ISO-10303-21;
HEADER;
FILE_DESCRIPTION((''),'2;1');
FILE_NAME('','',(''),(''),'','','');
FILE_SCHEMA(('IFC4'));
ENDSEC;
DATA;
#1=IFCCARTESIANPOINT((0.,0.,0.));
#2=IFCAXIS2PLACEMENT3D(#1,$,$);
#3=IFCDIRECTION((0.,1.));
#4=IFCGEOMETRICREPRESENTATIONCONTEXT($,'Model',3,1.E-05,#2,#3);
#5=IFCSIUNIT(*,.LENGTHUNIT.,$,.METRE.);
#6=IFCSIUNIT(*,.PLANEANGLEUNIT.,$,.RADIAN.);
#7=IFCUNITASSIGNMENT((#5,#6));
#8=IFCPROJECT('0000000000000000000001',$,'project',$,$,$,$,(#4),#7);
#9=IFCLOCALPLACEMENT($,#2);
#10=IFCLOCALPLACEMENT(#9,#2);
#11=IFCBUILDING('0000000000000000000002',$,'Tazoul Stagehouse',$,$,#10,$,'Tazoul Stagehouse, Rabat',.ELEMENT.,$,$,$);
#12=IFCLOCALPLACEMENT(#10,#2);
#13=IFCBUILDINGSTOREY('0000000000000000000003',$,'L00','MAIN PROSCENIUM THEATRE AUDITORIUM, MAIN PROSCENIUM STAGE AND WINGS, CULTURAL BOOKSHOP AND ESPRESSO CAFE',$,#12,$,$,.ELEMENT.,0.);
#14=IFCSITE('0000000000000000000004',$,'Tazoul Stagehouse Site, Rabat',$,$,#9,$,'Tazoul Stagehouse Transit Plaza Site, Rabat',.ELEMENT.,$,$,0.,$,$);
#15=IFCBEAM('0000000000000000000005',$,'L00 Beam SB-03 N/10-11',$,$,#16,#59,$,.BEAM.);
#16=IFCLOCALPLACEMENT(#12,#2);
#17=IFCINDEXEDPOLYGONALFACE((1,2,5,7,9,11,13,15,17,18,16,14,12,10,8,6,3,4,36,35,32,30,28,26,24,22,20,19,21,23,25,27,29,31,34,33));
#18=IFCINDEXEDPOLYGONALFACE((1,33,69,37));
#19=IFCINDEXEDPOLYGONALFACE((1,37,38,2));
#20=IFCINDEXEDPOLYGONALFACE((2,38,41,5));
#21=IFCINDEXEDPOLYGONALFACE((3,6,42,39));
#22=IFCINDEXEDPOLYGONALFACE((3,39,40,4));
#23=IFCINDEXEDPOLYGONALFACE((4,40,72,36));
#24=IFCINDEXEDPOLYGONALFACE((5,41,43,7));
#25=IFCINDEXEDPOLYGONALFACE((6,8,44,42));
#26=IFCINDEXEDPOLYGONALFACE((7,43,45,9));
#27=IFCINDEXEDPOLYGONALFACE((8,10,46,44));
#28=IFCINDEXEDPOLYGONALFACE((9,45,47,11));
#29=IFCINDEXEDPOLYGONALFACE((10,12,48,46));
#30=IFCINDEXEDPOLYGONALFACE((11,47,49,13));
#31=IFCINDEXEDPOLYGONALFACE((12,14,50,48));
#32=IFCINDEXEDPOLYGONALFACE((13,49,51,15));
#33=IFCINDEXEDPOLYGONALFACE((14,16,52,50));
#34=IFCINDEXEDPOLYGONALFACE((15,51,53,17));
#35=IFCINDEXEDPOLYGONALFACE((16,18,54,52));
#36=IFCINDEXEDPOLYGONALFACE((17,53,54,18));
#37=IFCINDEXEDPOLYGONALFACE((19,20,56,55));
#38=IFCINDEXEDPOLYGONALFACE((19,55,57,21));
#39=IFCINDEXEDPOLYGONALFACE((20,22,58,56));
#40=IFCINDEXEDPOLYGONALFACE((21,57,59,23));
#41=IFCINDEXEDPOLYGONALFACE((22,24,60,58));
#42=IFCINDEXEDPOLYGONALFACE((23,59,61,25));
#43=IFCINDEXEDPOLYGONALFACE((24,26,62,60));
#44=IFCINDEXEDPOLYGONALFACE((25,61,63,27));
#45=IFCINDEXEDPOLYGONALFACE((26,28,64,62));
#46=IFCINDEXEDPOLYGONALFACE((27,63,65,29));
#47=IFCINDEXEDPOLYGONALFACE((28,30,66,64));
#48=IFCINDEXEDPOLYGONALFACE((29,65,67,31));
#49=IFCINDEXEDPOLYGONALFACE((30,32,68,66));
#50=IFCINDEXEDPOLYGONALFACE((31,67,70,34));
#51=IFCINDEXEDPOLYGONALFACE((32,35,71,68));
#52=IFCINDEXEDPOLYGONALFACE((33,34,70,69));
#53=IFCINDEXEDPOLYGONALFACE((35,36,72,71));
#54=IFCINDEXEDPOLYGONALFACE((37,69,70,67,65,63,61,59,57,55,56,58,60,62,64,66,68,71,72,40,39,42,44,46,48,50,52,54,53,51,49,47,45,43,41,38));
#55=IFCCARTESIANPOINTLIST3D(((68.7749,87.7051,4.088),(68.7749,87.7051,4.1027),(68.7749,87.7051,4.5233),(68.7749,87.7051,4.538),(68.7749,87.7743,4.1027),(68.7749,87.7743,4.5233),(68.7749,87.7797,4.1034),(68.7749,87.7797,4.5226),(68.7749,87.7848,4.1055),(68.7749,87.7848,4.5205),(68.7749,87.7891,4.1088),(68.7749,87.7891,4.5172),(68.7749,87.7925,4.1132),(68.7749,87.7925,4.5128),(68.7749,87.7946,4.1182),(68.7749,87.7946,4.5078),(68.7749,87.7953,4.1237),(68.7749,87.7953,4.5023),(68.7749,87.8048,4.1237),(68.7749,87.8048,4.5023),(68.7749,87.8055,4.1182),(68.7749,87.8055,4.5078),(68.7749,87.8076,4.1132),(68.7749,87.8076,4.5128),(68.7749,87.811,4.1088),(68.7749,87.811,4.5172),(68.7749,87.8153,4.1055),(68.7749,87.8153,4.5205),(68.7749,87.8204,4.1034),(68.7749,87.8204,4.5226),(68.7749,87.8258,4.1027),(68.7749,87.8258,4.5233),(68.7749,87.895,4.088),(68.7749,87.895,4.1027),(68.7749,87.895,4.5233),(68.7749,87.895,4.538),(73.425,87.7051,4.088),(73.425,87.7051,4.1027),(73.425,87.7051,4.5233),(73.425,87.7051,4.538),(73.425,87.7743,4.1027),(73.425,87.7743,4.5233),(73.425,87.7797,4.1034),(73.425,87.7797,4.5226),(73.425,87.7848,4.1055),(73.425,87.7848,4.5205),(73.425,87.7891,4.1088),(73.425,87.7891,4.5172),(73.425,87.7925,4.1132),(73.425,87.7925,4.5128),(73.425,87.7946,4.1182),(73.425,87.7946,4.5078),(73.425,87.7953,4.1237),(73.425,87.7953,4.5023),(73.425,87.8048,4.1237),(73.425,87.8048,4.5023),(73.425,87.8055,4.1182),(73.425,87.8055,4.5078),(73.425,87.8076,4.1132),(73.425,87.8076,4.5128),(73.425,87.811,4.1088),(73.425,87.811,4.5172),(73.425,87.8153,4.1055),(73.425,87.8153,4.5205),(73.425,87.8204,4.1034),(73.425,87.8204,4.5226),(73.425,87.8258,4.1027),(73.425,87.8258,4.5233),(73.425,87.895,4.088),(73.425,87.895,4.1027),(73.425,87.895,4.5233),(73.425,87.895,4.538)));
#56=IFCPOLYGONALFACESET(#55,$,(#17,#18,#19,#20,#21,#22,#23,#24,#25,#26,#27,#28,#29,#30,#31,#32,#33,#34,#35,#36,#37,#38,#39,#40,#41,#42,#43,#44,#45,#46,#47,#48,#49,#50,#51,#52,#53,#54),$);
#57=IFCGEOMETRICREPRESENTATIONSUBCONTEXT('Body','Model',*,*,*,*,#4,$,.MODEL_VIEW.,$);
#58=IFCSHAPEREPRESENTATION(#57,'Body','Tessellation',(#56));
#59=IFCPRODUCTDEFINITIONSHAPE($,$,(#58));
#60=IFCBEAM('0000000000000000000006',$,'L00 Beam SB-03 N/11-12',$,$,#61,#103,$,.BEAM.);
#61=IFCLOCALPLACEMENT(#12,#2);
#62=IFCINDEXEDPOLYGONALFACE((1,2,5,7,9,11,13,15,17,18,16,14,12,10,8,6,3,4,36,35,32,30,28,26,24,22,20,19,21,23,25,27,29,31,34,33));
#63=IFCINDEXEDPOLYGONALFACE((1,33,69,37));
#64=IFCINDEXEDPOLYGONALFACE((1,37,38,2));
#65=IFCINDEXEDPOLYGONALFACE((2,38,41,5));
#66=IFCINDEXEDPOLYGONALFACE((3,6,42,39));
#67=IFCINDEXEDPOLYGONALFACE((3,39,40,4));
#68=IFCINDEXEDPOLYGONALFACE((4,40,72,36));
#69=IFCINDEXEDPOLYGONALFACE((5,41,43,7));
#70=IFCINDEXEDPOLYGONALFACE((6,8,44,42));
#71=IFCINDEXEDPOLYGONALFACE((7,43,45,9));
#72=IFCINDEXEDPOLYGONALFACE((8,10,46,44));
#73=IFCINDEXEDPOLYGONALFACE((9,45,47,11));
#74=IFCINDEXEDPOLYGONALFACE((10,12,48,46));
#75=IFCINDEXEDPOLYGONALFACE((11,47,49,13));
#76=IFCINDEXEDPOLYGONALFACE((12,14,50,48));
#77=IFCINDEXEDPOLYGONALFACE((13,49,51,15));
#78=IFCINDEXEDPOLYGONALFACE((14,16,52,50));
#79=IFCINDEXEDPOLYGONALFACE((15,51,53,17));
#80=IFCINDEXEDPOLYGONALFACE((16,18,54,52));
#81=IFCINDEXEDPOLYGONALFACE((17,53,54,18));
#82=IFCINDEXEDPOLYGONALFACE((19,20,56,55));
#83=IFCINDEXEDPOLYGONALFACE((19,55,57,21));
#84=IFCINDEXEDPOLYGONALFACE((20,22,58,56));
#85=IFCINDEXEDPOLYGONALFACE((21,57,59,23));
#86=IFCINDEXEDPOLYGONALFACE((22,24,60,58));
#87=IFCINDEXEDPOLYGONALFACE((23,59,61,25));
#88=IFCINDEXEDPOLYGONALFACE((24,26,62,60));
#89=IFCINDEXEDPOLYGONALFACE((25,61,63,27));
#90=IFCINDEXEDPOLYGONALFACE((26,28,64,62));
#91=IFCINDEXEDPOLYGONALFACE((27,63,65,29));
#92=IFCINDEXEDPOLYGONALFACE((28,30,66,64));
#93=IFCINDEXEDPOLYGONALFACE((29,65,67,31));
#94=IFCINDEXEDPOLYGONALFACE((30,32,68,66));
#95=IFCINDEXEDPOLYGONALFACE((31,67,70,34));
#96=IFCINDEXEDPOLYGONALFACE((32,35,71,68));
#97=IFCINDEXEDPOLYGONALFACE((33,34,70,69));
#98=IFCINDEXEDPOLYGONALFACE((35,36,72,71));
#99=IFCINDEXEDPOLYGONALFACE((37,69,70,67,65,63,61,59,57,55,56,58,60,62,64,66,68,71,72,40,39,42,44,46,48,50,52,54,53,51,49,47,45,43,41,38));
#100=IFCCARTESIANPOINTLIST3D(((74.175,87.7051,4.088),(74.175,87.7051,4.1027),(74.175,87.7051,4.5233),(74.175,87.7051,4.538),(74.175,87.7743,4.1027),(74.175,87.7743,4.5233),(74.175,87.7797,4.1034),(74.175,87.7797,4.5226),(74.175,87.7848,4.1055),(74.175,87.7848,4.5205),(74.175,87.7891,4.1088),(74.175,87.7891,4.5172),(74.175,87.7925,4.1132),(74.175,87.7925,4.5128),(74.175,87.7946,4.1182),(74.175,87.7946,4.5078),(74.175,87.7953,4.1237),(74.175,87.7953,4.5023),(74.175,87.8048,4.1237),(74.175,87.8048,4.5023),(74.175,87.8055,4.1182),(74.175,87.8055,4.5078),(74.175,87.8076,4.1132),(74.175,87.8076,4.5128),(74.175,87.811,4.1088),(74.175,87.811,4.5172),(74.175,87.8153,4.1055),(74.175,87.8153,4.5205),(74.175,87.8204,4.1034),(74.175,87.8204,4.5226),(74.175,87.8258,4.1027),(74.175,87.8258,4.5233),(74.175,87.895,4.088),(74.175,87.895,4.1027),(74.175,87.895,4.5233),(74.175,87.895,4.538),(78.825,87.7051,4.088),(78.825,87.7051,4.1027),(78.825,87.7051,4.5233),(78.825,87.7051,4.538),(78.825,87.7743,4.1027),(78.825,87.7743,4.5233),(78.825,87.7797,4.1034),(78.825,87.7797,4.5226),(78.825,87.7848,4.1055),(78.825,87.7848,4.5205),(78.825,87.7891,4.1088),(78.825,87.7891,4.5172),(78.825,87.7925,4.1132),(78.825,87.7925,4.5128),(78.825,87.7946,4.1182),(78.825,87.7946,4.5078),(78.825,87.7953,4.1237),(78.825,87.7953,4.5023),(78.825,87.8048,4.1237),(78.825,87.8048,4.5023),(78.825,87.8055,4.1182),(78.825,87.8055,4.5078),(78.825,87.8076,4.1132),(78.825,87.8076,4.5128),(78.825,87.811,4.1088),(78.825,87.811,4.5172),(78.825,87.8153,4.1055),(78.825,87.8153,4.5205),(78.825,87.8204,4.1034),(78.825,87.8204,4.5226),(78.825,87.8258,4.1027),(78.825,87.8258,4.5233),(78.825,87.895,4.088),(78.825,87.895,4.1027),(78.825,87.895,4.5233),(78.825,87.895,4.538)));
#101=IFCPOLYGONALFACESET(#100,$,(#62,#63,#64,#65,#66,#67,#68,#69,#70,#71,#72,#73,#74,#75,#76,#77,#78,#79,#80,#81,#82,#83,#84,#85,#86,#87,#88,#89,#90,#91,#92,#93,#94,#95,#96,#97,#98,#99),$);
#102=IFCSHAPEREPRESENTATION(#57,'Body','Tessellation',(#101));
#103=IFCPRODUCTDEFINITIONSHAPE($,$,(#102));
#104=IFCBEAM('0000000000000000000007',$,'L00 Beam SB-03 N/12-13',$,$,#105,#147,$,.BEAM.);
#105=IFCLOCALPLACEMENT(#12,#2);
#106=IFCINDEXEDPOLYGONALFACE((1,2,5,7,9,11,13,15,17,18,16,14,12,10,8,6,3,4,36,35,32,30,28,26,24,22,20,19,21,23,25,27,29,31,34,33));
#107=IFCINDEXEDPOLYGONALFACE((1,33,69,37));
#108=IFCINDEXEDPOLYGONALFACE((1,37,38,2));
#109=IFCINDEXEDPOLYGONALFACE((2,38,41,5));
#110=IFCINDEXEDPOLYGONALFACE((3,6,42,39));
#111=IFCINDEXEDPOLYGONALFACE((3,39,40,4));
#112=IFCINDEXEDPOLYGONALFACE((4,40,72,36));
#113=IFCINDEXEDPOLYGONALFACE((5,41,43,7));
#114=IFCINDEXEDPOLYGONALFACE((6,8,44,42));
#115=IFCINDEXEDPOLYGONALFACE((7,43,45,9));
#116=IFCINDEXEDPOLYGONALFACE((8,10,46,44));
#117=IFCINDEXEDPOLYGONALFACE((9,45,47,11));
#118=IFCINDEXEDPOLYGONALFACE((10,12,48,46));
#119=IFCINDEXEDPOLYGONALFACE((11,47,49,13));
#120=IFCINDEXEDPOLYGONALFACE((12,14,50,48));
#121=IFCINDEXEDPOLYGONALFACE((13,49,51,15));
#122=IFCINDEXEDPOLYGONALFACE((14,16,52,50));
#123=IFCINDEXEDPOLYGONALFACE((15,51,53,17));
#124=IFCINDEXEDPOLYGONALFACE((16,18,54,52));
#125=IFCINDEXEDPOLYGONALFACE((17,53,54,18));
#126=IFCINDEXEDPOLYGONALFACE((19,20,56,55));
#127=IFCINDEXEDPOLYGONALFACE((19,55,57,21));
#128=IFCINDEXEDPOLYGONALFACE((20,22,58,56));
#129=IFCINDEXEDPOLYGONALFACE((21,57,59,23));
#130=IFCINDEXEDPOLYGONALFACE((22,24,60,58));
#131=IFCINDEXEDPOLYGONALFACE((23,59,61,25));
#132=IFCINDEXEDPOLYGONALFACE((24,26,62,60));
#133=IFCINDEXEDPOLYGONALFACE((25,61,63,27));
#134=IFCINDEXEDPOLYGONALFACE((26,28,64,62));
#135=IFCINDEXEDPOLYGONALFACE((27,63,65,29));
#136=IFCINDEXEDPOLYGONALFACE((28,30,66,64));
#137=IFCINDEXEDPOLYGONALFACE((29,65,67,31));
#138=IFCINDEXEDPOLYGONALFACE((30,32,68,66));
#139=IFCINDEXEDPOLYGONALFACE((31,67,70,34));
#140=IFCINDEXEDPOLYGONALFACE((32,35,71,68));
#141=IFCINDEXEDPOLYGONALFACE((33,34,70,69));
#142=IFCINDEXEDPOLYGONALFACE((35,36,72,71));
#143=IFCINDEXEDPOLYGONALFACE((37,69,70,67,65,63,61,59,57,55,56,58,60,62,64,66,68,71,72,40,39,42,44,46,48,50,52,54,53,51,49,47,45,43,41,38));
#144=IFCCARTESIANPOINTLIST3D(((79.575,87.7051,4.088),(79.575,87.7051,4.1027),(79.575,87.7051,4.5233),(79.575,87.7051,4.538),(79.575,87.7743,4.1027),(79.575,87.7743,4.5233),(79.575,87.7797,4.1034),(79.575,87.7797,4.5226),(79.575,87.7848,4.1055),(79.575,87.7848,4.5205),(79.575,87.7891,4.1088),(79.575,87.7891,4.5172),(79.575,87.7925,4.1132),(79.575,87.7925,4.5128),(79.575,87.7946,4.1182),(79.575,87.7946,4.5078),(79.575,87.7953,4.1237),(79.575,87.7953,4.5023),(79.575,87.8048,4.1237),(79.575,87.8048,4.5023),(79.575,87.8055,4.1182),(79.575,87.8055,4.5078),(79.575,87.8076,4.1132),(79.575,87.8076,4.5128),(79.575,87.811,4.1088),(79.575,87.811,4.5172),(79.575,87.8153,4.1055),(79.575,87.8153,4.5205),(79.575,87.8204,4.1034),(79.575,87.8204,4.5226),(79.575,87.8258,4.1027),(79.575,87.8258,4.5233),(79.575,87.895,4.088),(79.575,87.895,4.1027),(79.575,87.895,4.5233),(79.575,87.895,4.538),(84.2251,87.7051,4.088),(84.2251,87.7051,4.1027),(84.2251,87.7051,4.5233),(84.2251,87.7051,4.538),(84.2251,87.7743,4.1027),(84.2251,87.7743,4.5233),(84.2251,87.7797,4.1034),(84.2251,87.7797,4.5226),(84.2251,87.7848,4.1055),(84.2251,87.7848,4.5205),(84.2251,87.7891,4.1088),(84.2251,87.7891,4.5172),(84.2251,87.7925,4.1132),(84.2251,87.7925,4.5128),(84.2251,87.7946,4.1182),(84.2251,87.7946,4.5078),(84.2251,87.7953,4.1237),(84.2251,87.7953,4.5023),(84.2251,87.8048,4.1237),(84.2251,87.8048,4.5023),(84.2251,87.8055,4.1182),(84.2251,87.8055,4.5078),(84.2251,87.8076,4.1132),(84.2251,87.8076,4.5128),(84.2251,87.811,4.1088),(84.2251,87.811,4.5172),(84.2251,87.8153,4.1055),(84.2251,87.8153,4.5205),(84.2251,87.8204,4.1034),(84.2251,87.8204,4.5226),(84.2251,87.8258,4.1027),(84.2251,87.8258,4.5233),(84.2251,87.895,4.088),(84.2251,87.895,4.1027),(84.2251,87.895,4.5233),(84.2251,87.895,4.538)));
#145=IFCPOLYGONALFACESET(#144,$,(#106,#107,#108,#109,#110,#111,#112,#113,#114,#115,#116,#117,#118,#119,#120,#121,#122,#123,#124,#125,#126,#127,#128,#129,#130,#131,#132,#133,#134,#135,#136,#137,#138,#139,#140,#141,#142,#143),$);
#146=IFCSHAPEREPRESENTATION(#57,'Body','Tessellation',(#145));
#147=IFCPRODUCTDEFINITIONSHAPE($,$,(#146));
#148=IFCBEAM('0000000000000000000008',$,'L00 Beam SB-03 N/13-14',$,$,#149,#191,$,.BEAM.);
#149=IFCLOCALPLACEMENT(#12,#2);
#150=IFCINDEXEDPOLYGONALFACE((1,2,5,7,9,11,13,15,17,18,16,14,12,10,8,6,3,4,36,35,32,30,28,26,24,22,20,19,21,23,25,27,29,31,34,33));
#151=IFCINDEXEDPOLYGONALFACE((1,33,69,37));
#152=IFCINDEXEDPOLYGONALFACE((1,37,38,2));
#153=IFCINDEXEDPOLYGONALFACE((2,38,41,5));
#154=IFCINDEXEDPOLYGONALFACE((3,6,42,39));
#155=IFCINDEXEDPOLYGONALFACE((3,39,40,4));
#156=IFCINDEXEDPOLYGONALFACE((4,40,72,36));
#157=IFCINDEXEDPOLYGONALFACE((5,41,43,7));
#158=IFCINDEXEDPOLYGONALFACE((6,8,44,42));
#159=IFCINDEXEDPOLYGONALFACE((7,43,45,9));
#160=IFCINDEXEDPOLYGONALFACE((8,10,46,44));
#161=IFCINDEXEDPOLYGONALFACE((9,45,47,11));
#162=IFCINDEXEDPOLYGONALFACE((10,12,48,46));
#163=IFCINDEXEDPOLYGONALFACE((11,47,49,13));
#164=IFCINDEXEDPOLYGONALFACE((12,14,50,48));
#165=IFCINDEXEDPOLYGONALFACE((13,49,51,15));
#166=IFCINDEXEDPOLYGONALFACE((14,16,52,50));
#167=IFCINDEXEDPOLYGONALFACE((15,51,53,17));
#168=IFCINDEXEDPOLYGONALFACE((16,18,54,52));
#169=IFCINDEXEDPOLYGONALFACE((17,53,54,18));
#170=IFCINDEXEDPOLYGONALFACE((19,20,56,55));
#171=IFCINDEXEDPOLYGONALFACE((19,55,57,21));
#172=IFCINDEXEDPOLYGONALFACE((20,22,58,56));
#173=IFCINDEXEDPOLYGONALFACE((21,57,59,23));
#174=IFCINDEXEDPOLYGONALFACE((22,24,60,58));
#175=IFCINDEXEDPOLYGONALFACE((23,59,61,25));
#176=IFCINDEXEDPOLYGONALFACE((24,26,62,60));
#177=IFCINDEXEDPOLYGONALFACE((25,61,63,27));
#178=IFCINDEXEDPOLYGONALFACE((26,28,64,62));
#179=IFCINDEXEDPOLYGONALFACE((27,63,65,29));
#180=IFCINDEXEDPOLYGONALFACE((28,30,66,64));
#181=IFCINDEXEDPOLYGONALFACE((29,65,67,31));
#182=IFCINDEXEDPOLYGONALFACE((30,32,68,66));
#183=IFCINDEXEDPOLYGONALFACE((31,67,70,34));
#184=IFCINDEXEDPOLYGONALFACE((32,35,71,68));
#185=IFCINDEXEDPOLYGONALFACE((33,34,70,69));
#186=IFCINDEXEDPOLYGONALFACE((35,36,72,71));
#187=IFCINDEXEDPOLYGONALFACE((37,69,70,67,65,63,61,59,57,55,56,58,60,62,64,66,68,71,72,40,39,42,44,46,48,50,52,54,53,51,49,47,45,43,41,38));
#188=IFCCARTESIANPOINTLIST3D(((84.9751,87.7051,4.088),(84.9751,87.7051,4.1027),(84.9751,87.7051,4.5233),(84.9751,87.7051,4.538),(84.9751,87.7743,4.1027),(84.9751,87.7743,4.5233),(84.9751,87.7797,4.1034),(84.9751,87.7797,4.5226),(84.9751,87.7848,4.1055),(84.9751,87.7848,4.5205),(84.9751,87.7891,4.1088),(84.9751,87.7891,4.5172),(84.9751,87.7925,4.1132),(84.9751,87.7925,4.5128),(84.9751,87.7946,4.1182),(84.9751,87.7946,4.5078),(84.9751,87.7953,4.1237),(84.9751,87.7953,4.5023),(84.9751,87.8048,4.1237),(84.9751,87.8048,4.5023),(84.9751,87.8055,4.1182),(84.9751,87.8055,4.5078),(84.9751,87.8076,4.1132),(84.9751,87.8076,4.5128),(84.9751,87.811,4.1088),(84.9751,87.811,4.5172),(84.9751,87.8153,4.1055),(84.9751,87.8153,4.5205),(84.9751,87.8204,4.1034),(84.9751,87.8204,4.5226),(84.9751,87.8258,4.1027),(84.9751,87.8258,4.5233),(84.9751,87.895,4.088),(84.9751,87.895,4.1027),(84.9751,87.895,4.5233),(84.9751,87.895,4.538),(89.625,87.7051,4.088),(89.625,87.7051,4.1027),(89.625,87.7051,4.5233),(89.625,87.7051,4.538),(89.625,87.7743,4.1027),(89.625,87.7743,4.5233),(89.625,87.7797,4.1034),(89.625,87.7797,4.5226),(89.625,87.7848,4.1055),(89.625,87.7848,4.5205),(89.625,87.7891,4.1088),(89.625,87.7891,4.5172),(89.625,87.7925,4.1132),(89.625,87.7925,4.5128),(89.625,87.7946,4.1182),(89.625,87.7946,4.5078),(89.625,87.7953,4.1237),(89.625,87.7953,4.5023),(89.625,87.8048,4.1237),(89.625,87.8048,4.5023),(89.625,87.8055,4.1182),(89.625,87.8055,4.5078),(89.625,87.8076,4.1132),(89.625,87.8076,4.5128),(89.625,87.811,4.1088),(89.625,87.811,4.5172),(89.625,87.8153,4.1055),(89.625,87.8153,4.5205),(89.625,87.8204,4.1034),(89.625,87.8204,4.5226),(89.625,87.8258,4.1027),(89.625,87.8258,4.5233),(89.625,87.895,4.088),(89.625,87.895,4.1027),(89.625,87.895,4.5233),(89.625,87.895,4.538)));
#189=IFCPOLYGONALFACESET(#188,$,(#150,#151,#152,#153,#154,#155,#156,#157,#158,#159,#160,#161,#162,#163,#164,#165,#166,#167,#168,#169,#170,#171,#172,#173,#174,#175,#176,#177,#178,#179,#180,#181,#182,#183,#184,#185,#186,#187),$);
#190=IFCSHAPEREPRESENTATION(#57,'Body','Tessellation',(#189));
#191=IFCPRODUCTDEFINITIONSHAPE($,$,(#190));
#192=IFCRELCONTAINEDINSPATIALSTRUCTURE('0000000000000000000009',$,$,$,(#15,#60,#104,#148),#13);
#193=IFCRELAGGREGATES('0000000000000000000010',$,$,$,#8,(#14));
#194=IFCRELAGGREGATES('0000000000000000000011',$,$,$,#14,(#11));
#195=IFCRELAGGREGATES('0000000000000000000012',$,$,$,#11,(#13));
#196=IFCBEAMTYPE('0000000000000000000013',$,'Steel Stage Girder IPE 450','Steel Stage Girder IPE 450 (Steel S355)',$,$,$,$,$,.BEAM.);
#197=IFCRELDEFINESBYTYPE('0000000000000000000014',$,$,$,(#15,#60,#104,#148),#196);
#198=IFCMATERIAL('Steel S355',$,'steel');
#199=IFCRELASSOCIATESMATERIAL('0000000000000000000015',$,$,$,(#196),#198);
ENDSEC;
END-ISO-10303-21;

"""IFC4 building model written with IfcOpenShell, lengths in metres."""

from ifc_helpers import new_model, si_unit, direction, frame, origin, origin_2d, place, context, subcontext, project, spatial, i_section, extrude, material, material_profile, profile_set, type_object, element, save


model = new_model("IFC4")

# Units and contexts
model_context = context("Model", 3, precision=1e-05, world=origin(), true_north=direction((0.0, 1.0)))
body_context = subcontext(model_context, "Body", "Model", "MODEL_VIEW")
ifc_project = project(units=[si_unit("LENGTHUNIT", "METRE"), si_unit("PLANEANGLEUNIT", "RADIAN")], contexts=[model_context])

# Site, building, storey
site_placement = place(None, origin())
site = spatial("IfcSite", under=ifc_project, at=site_placement, Name="Tazoul Stagehouse Site, Rabat", LongName="Tazoul Stagehouse Transit Plaza Site, Rabat", CompositionType="ELEMENT", RefElevation=0.0)
building_placement = place(site_placement, origin())
building = spatial("IfcBuilding", under=site, at=building_placement, Name="Tazoul Stagehouse", LongName="Tazoul Stagehouse, Rabat", CompositionType="ELEMENT")
storey_placement = place(building_placement, origin())
storey = spatial("IfcBuildingStorey", under=building, at=storey_placement, Name="L00", Description="MAIN PROSCENIUM THEATRE AUDITORIUM, MAIN PROSCENIUM STAGE AND WINGS, CULTURAL BOOKSHOP AND ESPRESSO CAFE", CompositionType="ELEMENT", Elevation=0.0)

# Beams
ifc_material_1 = material(Name="Steel S355", Category="steel")
ifc_material_profile_1 = material_profile(ifc_material_1, i_section(OverallWidth=0.1899, OverallDepth=0.45, WebThickness=0.0095, FlangeThickness=0.0146, FilletRadius=0.021, at=origin_2d()), Name="IPE 450")
ifc_profile_set_1 = profile_set([ifc_material_profile_1], Name="Steel S355")
beam_type_1 = type_object("IfcBeamType", Name="Steel Stage Girder IPE 450", Description="Steel Stage Girder IPE 450 (Steel S355)", PredefinedType="BEAM", material=ifc_profile_set_1)
beam_1_placement = place(storey_placement, frame((68.7749, 87.8, 4.313), z_axis=(1.0, 0.0, 0.0), x_axis=(0.0, 1.0, 0.0)))
element("IfcBeam", 1, at=beam_1_placement, inside=storey, type_object=beam_type_1, Name="L00 Beam SB-03 N/10-11", PredefinedType="BEAM", context=body_context, shape_type="SweptSolid", body=[
    extrude(i_section(OverallWidth=0.1899, OverallDepth=0.45, WebThickness=0.0095, FlangeThickness=0.0146, FilletRadius=0.021, at=origin_2d()), origin(), (0.0, 0.0, 1.0), 4.6501),
])
beam_2_placement = place(storey_placement, frame((74.175, 87.8, 4.313), z_axis=(1.0, 0.0, 0.0), x_axis=(0.0, 1.0, 0.0)))
element("IfcBeam", 2, at=beam_2_placement, inside=storey, type_object=beam_type_1, Name="L00 Beam SB-03 N/11-12", PredefinedType="BEAM", context=body_context, shape_type="SweptSolid", body=[
    extrude(i_section(OverallWidth=0.1899, OverallDepth=0.45, WebThickness=0.0095, FlangeThickness=0.0146, FilletRadius=0.021, at=origin_2d()), origin(), (0.0, 0.0, 1.0), 4.6499),
])
beam_3_placement = place(storey_placement, frame((79.575, 87.8, 4.313), z_axis=(1.0, 0.0, 0.0), x_axis=(0.0, 1.0, 0.0)))
element("IfcBeam", 3, at=beam_3_placement, inside=storey, type_object=beam_type_1, Name="L00 Beam SB-03 N/12-13", PredefinedType="BEAM", context=body_context, shape_type="SweptSolid", body=[
    extrude(i_section(OverallWidth=0.1899, OverallDepth=0.45, WebThickness=0.0095, FlangeThickness=0.0146, FilletRadius=0.021, at=origin_2d()), origin(), (0.0, 0.0, 1.0), 4.6501),
])
for number, where, z_axis, x_axis, name in (
    (4, (84.9751, 87.8, 4.313), (1.0, 0.0, 0.0), (0.0, 1.0, 0.0), "L00 Beam SB-03 N/13-14"),
):
    element("IfcBeam", number, at=place(storey_placement, frame(where, z_axis=z_axis, x_axis=x_axis)), inside=storey, type_object=beam_type_1, Name=name, PredefinedType="BEAM", context=body_context, shape_type="SweptSolid", body=[
        extrude(i_section(OverallWidth=0.1899, OverallDepth=0.45, WebThickness=0.0095, FlangeThickness=0.0146, FilletRadius=0.021, at=origin_2d()), origin(), (0.0, 0.0, 1.0), 4.6499),
    ])

save(model, "model.ifc")
